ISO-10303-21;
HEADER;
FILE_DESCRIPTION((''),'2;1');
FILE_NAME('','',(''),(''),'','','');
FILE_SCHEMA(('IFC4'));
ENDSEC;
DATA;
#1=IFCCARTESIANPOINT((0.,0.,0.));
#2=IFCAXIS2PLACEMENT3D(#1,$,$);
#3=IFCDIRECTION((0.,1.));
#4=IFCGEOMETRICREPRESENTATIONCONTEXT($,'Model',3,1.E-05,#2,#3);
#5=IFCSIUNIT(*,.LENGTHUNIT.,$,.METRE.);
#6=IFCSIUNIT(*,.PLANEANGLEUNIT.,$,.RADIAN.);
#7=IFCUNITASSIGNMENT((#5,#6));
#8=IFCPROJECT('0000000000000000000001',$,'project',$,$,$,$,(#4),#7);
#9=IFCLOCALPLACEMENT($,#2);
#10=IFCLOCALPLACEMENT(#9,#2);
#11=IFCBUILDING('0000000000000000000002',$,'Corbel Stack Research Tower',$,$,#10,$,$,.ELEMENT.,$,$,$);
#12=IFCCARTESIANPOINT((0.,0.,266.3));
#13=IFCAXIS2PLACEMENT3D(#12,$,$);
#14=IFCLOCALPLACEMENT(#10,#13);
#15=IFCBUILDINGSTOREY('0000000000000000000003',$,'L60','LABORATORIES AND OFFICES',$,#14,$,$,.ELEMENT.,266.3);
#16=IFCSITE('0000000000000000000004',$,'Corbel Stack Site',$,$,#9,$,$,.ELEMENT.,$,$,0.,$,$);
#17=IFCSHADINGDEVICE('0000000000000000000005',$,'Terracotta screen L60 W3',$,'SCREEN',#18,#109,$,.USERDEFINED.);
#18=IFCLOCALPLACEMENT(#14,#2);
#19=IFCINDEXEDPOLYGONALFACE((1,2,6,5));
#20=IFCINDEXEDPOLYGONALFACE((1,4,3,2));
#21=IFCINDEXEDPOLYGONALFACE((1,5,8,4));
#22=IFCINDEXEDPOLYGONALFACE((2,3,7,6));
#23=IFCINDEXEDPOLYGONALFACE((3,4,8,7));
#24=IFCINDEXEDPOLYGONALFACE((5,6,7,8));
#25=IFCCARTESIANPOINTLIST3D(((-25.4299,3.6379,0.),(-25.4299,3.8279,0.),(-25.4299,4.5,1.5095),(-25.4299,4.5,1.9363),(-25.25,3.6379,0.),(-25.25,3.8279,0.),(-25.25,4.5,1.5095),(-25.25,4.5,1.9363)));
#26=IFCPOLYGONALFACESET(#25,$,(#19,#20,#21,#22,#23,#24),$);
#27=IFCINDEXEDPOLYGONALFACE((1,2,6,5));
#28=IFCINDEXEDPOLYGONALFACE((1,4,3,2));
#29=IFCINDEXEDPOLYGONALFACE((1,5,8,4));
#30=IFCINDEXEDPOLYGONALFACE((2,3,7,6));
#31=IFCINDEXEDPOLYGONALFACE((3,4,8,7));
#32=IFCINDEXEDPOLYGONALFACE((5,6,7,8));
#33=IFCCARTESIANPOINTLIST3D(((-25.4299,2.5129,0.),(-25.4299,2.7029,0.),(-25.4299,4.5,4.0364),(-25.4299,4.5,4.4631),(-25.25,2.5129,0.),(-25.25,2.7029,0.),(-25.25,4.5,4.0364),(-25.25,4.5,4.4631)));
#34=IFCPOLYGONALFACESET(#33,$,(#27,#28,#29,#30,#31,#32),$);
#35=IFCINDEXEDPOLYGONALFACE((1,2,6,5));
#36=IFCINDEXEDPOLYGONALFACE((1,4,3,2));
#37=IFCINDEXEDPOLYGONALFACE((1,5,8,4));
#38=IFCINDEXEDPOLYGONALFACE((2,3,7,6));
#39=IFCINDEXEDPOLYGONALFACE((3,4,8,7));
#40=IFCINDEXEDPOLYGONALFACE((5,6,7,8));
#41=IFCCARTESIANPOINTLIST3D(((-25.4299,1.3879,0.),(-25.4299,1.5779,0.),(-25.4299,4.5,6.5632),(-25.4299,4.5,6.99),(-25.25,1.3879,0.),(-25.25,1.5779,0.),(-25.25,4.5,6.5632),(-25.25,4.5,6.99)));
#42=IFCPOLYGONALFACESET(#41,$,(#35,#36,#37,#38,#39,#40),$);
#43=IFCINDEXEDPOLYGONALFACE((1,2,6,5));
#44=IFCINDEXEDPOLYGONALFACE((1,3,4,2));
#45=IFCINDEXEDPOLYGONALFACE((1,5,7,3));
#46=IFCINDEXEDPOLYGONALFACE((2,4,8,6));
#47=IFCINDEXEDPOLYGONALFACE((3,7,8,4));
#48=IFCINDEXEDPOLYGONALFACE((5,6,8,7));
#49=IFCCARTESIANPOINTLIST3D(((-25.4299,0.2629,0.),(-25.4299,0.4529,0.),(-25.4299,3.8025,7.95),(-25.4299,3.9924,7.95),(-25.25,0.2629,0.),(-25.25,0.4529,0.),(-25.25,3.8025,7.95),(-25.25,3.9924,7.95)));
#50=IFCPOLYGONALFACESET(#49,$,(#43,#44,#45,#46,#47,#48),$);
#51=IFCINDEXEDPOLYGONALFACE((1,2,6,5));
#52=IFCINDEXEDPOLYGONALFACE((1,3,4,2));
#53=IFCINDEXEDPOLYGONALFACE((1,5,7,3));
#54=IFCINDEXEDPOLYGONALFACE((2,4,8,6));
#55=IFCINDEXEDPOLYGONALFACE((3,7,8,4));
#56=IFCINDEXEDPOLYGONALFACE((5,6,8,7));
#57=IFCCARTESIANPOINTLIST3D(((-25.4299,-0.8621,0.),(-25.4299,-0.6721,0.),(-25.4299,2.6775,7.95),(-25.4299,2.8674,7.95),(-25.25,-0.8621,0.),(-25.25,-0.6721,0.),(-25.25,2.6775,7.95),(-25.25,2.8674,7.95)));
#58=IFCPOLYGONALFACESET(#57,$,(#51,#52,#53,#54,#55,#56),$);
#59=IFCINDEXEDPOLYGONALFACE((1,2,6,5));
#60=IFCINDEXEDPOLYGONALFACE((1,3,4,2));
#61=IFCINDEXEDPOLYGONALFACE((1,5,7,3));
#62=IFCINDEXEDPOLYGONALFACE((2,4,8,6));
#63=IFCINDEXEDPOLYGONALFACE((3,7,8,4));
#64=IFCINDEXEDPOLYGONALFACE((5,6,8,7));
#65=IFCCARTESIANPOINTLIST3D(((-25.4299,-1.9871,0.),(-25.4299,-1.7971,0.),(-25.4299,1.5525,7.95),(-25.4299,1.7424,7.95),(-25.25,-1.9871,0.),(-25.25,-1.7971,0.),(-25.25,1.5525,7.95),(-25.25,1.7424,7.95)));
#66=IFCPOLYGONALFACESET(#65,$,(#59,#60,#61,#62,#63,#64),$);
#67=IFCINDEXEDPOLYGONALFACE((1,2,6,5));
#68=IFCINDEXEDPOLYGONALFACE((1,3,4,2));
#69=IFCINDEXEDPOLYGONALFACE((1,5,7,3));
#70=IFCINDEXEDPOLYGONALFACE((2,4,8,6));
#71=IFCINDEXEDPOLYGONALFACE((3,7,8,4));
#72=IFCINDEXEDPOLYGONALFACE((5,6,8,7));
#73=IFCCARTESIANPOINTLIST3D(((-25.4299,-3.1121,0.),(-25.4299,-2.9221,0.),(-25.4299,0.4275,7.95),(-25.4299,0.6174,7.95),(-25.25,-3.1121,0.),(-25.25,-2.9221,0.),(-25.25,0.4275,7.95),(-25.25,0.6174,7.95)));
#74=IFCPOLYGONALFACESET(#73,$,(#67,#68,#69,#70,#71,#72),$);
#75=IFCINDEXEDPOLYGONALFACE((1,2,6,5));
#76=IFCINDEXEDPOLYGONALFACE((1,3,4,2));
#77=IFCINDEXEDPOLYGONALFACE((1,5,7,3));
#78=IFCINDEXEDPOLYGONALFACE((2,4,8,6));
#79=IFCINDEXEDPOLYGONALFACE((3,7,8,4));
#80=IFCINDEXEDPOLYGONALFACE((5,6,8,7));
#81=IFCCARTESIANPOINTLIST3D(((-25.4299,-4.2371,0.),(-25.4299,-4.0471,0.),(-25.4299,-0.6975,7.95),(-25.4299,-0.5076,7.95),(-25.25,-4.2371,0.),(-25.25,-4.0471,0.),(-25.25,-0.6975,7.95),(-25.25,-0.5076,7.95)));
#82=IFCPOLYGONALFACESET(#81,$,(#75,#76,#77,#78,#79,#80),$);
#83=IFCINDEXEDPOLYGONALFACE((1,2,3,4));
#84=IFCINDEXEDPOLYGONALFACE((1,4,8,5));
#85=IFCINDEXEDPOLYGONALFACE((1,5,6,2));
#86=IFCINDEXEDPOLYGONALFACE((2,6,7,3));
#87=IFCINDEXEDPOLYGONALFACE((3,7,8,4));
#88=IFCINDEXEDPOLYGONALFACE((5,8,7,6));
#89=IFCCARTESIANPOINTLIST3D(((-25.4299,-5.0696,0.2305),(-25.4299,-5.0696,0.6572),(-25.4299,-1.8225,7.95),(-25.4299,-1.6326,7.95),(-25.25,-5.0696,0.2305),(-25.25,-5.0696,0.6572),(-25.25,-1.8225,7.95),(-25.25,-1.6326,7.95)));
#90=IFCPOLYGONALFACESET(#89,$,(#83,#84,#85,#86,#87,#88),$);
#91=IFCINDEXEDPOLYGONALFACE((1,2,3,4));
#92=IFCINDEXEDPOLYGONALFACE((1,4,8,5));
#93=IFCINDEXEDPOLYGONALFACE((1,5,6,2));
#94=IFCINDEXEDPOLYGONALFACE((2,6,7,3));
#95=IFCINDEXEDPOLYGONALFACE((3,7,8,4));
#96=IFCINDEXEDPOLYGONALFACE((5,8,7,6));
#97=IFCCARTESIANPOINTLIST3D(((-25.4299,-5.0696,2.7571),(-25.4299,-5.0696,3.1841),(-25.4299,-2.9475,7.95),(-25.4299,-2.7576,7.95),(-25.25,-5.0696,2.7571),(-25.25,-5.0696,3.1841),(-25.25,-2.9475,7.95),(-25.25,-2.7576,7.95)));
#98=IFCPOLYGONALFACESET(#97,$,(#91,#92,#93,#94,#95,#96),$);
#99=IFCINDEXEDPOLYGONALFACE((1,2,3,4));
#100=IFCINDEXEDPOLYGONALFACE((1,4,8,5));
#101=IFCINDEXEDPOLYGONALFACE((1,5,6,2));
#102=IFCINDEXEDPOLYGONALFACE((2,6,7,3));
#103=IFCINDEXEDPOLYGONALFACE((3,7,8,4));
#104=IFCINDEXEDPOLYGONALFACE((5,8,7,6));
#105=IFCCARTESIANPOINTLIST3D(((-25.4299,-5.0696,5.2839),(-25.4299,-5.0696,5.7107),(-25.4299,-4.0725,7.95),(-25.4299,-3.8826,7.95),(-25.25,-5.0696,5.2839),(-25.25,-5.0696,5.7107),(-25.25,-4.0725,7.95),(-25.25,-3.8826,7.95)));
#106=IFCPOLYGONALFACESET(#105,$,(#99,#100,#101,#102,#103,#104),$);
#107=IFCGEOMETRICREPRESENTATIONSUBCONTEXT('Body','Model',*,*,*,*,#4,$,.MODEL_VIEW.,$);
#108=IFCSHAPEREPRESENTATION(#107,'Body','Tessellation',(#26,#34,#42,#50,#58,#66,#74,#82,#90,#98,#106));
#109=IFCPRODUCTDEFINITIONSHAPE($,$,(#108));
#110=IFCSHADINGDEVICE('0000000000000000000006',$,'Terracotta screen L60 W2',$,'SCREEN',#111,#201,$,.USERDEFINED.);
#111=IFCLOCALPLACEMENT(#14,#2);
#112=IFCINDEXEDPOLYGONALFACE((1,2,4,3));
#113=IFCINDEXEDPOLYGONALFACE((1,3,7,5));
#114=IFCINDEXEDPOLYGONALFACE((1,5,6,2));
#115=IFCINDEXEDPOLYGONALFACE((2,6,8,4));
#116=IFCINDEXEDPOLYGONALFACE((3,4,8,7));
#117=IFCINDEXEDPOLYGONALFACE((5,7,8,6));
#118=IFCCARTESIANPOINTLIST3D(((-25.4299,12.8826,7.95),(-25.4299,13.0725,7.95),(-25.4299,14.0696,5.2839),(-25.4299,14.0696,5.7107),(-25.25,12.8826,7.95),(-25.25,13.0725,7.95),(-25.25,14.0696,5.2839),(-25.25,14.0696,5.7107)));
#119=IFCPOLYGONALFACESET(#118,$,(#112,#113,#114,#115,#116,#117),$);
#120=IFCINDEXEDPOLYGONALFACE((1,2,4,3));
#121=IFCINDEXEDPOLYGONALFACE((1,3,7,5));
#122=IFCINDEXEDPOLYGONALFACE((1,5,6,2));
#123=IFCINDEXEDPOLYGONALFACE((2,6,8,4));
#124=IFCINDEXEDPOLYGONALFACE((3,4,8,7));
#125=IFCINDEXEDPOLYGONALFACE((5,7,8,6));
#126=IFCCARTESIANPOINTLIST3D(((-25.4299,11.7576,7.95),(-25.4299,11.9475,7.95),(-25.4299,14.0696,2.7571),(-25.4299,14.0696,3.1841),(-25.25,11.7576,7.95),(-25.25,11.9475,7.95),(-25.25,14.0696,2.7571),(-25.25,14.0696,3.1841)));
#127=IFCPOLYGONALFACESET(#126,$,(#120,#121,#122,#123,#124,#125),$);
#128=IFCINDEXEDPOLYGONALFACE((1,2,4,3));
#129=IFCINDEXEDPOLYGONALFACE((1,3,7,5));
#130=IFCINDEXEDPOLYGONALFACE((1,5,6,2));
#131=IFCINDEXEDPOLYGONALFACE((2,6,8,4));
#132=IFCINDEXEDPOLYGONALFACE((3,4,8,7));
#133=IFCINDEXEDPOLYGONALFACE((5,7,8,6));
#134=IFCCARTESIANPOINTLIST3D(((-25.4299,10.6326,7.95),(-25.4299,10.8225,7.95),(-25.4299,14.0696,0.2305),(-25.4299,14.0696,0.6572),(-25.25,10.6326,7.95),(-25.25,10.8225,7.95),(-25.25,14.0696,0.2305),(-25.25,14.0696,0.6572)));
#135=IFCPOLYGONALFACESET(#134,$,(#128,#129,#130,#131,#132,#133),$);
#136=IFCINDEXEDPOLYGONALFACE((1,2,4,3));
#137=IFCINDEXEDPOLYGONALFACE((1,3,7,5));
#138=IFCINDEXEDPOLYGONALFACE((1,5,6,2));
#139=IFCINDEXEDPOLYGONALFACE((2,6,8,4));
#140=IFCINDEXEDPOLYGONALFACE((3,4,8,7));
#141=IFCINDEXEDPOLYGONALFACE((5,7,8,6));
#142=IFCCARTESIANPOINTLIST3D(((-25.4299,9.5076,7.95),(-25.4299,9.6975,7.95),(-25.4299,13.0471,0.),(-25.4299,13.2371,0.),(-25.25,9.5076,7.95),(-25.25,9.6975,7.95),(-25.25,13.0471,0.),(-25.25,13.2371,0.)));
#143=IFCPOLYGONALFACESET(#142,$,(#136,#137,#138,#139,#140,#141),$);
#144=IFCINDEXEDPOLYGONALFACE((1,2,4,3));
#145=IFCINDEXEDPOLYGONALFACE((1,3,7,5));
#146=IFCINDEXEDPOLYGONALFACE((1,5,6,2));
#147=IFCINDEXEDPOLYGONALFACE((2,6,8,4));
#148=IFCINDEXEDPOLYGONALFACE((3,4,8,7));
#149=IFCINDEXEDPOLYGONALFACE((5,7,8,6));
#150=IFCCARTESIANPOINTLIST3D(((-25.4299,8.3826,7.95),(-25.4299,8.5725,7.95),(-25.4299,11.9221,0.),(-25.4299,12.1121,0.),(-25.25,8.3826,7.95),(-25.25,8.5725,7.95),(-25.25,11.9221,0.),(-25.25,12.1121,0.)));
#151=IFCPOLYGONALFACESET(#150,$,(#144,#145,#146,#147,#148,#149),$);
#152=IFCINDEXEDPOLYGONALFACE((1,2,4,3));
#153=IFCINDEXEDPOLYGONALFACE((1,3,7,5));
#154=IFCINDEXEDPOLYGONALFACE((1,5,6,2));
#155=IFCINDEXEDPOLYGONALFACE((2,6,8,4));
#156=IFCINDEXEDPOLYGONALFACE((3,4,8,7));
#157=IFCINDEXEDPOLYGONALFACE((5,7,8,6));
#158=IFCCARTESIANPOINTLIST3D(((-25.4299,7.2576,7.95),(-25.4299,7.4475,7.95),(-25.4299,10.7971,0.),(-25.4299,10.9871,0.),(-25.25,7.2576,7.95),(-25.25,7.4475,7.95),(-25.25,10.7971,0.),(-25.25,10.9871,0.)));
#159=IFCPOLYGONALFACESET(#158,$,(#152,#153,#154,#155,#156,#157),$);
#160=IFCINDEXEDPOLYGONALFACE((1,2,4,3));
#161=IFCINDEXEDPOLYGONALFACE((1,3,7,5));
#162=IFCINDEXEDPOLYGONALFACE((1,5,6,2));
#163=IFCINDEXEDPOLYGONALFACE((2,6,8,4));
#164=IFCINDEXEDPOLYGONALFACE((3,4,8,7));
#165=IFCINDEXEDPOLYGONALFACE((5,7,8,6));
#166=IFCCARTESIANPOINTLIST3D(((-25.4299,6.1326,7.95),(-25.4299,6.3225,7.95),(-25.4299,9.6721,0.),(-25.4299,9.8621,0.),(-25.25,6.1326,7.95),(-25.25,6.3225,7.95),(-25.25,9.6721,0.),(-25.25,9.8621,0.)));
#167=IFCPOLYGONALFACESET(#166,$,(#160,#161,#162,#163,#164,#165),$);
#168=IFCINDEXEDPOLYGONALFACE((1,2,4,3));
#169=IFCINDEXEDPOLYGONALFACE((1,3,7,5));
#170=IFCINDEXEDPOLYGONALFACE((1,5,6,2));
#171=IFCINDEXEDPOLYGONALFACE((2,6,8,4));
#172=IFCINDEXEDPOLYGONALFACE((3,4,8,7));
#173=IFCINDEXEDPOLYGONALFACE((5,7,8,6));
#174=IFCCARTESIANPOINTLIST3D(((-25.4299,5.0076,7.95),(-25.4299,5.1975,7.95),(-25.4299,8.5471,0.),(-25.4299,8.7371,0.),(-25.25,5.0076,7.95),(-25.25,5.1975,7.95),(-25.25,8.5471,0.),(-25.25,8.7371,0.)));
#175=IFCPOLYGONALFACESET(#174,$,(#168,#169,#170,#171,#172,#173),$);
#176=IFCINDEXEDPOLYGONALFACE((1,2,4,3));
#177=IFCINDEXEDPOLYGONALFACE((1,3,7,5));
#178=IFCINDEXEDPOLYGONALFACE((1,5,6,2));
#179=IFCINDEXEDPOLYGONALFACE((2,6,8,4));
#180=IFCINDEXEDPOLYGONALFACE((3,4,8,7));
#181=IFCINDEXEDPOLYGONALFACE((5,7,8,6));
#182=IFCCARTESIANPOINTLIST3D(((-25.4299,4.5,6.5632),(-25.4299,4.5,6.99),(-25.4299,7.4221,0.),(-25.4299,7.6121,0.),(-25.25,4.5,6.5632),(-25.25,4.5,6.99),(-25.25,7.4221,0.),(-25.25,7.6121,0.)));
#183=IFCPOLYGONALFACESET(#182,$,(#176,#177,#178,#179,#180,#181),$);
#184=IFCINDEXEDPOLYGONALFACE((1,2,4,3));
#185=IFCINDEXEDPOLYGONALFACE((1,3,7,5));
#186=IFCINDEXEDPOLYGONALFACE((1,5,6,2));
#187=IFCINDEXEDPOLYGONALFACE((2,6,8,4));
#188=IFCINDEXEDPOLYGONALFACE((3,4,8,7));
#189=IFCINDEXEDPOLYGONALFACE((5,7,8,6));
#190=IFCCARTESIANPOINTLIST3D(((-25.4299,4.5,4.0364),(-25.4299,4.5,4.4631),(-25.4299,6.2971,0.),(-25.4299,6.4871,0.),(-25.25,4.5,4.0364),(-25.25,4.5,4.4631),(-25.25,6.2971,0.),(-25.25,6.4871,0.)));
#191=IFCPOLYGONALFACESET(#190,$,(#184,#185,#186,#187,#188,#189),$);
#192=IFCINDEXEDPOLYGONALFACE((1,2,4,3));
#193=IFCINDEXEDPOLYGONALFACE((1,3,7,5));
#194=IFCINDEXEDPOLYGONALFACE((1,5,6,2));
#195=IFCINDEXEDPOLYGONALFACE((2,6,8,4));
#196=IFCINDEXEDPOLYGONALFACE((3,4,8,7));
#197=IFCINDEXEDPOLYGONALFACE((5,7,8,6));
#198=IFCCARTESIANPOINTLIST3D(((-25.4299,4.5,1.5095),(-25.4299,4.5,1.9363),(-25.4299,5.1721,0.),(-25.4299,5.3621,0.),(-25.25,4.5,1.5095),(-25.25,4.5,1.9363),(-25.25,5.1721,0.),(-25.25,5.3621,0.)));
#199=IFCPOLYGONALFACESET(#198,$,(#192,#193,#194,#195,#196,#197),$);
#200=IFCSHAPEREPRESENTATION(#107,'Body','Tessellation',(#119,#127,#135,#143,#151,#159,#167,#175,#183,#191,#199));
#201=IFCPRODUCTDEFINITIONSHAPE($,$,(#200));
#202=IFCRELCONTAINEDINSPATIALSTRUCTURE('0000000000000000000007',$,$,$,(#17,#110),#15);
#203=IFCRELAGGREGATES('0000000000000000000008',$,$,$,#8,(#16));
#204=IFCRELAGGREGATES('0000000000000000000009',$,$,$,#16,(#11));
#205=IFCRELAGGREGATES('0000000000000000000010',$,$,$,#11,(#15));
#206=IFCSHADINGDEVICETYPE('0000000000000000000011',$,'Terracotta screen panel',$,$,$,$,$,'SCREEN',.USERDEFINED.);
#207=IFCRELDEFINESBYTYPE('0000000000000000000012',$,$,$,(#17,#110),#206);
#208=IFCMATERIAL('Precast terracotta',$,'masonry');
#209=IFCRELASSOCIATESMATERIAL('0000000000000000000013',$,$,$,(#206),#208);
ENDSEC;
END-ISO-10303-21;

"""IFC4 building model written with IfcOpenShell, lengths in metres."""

from ifc_helpers import new_model, si_unit, direction, frame, origin, place, context, subcontext, project, spatial, polyline, outline, extrude, source, transform, mapped, material, type_object, element, save


model = new_model("IFC4")

# Units and contexts
model_context = context("Model", 3, precision=1e-05, world=origin(), true_north=direction((0.0, 1.0)))
body_context = subcontext(model_context, "Body", "Model", "MODEL_VIEW")
ifc_project = project(units=[si_unit("LENGTHUNIT", "METRE"), si_unit("PLANEANGLEUNIT", "RADIAN")], contexts=[model_context])

# Site, building, storey
site_placement = place(None, origin())
site = spatial("IfcSite", under=ifc_project, at=site_placement, Name="Corbel Stack Site", CompositionType="ELEMENT", RefElevation=0.0)
building_placement = place(site_placement, origin())
building = spatial("IfcBuilding", under=site, at=building_placement, Name="Corbel Stack Research Tower", CompositionType="ELEMENT")
storey_placement = place(building_placement, frame((0.0, 0.0, 266.3)))
storey = spatial("IfcBuildingStorey", under=building, at=storey_placement, Name="L60", Description="LABORATORIES AND OFFICES", CompositionType="ELEMENT", Elevation=266.3)

# Shading devices
ifc_material_1 = material(Name="Precast terracotta", Category="masonry")
shading_device_type = type_object("IfcShadingDeviceType", Name="Terracotta screen panel", ElementType="SCREEN", PredefinedType="USERDEFINED", material=ifc_material_1)
shared_shape_1 = source(origin(), body_context, "Body", "SweptSolid", [
    extrude(outline(polyline([(0.8621, 0.0), (0.0, 1.9363), (0.0, 1.5095), (0.6721, 0.0), (0.8621, 0.0)])), frame((0.0, 0.0, 0.0), z_axis=(0.0, -1.0, 0.0), x_axis=(1.0, 0.0, 0.0)), (0.0, 0.0, 1.0), 0.1799),
    extrude(outline(polyline([(1.9871, 0.0), (0.0, 4.4631), (0.0, 4.0364), (1.7971, 0.0), (1.9871, 0.0)])), frame((0.0, 0.0, 0.0), z_axis=(0.0, -1.0, 0.0), x_axis=(1.0, 0.0, 0.0)), (0.0, 0.0, 1.0), 0.1799),
    extrude(outline(polyline([(3.1121, 0.0), (0.0, 6.99), (0.0, 6.5632), (2.9221, 0.0), (3.1121, 0.0)])), frame((0.0, 0.0, 0.0), z_axis=(0.0, -1.0, 0.0), x_axis=(1.0, 0.0, 0.0)), (0.0, 0.0, 1.0), 0.1799),
    extrude(outline(polyline([(4.2371, 0.0), (0.6975, 7.95), (0.5076, 7.95), (4.0471, 0.0), (4.2371, 0.0)])), frame((0.0, 0.0, 0.0), z_axis=(0.0, -1.0, 0.0), x_axis=(1.0, 0.0, 0.0)), (0.0, 0.0, 1.0), 0.1799),
    extrude(outline(polyline([(5.3621, 0.0), (1.8225, 7.95), (1.6326, 7.95), (5.1721, 0.0), (5.3621, 0.0)])), frame((0.0, 0.0, 0.0), z_axis=(0.0, -1.0, 0.0), x_axis=(1.0, 0.0, 0.0)), (0.0, 0.0, 1.0), 0.1799),
    extrude(outline(polyline([(6.4871, 0.0), (2.9475, 7.95), (2.7576, 7.95), (6.2971, 0.0), (6.4871, 0.0)])), frame((0.0, 0.0, 0.0), z_axis=(0.0, -1.0, 0.0), x_axis=(1.0, 0.0, 0.0)), (0.0, 0.0, 1.0), 0.1799),
    extrude(outline(polyline([(7.6121, 0.0), (4.0725, 7.95), (3.8826, 7.95), (7.4221, 0.0), (7.6121, 0.0)])), frame((0.0, 0.0, 0.0), z_axis=(0.0, -1.0, 0.0), x_axis=(1.0, 0.0, 0.0)), (0.0, 0.0, 1.0), 0.1799),
    extrude(outline(polyline([(8.7371, 0.0), (5.1975, 7.95), (5.0076, 7.95), (8.5471, 0.0), (8.7371, 0.0)])), frame((0.0, 0.0, 0.0), z_axis=(0.0, -1.0, 0.0), x_axis=(1.0, 0.0, 0.0)), (0.0, 0.0, 1.0), 0.1799),
    extrude(outline(polyline([(6.3225, 7.95), (6.1326, 7.95), (9.5696, 0.2305), (9.5696, 0.6572), (6.3225, 7.95)])), frame((0.0, 0.0, 0.0), z_axis=(0.0, -1.0, 0.0), x_axis=(1.0, 0.0, 0.0)), (0.0, 0.0, 1.0), 0.1799),
    extrude(outline(polyline([(7.4475, 7.95), (7.2576, 7.95), (9.5696, 2.7571), (9.5696, 3.1841), (7.4475, 7.95)])), frame((0.0, 0.0, 0.0), z_axis=(0.0, -1.0, 0.0), x_axis=(1.0, 0.0, 0.0)), (0.0, 0.0, 1.0), 0.1799),
    extrude(outline(polyline([(8.5725, 7.95), (8.3826, 7.95), (9.5696, 5.2839), (9.5696, 5.7107), (8.5725, 7.95)])), frame((0.0, 0.0, 0.0), z_axis=(0.0, -1.0, 0.0), x_axis=(1.0, 0.0, 0.0)), (0.0, 0.0, 1.0), 0.1799),
])
shading_device_1_placement = place(storey_placement, frame((-25.25, 4.5, 0.0), z_axis=(0.0, 0.0, 1.0), x_axis=(0.0, -1.0, 0.0)))
element("IfcShadingDevice", 1, at=shading_device_1_placement, inside=storey, type_object=shading_device_type, Name="Terracotta screen L60 W3", ObjectType="SCREEN", PredefinedType="USERDEFINED", context=body_context, shape_type="MappedRepresentation", body=[
    mapped(shared_shape_1, transform((0.0, 0.0, 0.0))),
])
shared_shape_2 = source(origin(), body_context, "Body", "SweptSolid", [
    extrude(outline(polyline([(1.187, 7.95), (0.9971, 7.95), (0.0, 5.7107), (0.0, 5.2839), (1.187, 7.95)])), frame((0.0, 0.0, 0.0), z_axis=(0.0, -1.0, 0.0), x_axis=(1.0, 0.0, 0.0)), (0.0, 0.0, 1.0), 0.1799),
    extrude(outline(polyline([(2.312, 7.95), (2.1221, 7.95), (0.0, 3.1841), (0.0, 2.7571), (2.312, 7.95)])), frame((0.0, 0.0, 0.0), z_axis=(0.0, -1.0, 0.0), x_axis=(1.0, 0.0, 0.0)), (0.0, 0.0, 1.0), 0.1799),
    extrude(outline(polyline([(3.437, 7.95), (3.2471, 7.95), (0.0, 0.6572), (0.0, 0.2305), (3.437, 7.95)])), frame((0.0, 0.0, 0.0), z_axis=(0.0, -1.0, 0.0), x_axis=(1.0, 0.0, 0.0)), (0.0, 0.0, 1.0), 0.1799),
    extrude(outline(polyline([(1.0225, 0.0), (4.562, 7.95), (4.3721, 7.95), (0.8325, 0.0), (1.0225, 0.0)])), frame((0.0, 0.0, 0.0), z_axis=(0.0, -1.0, 0.0), x_axis=(1.0, 0.0, 0.0)), (0.0, 0.0, 1.0), 0.1799),
    extrude(outline(polyline([(2.1475, 0.0), (5.687, 7.95), (5.4971, 7.95), (1.9575, 0.0), (2.1475, 0.0)])), frame((0.0, 0.0, 0.0), z_axis=(0.0, -1.0, 0.0), x_axis=(1.0, 0.0, 0.0)), (0.0, 0.0, 1.0), 0.1799),
    extrude(outline(polyline([(3.2725, 0.0), (6.812, 7.95), (6.6221, 7.95), (3.0825, 0.0), (3.2725, 0.0)])), frame((0.0, 0.0, 0.0), z_axis=(0.0, -1.0, 0.0), x_axis=(1.0, 0.0, 0.0)), (0.0, 0.0, 1.0), 0.1799),
    extrude(outline(polyline([(4.3975, 0.0), (7.937, 7.95), (7.7471, 7.95), (4.2075, 0.0), (4.3975, 0.0)])), frame((0.0, 0.0, 0.0), z_axis=(0.0, -1.0, 0.0), x_axis=(1.0, 0.0, 0.0)), (0.0, 0.0, 1.0), 0.1799),
    extrude(outline(polyline([(5.5225, 0.0), (9.062, 7.95), (8.8721, 7.95), (5.3325, 0.0), (5.5225, 0.0)])), frame((0.0, 0.0, 0.0), z_axis=(0.0, -1.0, 0.0), x_axis=(1.0, 0.0, 0.0)), (0.0, 0.0, 1.0), 0.1799),
    extrude(outline(polyline([(6.6475, 0.0), (9.5696, 6.5632), (9.5696, 6.99), (6.4575, 0.0), (6.6475, 0.0)])), frame((0.0, 0.0, 0.0), z_axis=(0.0, -1.0, 0.0), x_axis=(1.0, 0.0, 0.0)), (0.0, 0.0, 1.0), 0.1799),
    extrude(outline(polyline([(7.7725, 0.0), (9.5696, 4.0364), (9.5696, 4.4631), (7.5825, 0.0), (7.7725, 0.0)])), frame((0.0, 0.0, 0.0), z_axis=(0.0, -1.0, 0.0), x_axis=(1.0, 0.0, 0.0)), (0.0, 0.0, 1.0), 0.1799),
    extrude(outline(polyline([(8.8975, 0.0), (9.5696, 1.5095), (9.5696, 1.9363), (8.7075, 0.0), (8.8975, 0.0)])), frame((0.0, 0.0, 0.0), z_axis=(0.0, -1.0, 0.0), x_axis=(1.0, 0.0, 0.0)), (0.0, 0.0, 1.0), 0.1799),
])
shading_device_2_placement = place(storey_placement, frame((-25.25, 14.0696, 0.0), z_axis=(0.0, 0.0, 1.0), x_axis=(0.0, -1.0, 0.0)))
element("IfcShadingDevice", 2, at=shading_device_2_placement, inside=storey, type_object=shading_device_type, Name="Terracotta screen L60 W2", ObjectType="SCREEN", PredefinedType="USERDEFINED", context=body_context, shape_type="MappedRepresentation", body=[
    mapped(shared_shape_2, transform((0.0, 0.0, 0.0))),
])

save(model, "model.ifc")
